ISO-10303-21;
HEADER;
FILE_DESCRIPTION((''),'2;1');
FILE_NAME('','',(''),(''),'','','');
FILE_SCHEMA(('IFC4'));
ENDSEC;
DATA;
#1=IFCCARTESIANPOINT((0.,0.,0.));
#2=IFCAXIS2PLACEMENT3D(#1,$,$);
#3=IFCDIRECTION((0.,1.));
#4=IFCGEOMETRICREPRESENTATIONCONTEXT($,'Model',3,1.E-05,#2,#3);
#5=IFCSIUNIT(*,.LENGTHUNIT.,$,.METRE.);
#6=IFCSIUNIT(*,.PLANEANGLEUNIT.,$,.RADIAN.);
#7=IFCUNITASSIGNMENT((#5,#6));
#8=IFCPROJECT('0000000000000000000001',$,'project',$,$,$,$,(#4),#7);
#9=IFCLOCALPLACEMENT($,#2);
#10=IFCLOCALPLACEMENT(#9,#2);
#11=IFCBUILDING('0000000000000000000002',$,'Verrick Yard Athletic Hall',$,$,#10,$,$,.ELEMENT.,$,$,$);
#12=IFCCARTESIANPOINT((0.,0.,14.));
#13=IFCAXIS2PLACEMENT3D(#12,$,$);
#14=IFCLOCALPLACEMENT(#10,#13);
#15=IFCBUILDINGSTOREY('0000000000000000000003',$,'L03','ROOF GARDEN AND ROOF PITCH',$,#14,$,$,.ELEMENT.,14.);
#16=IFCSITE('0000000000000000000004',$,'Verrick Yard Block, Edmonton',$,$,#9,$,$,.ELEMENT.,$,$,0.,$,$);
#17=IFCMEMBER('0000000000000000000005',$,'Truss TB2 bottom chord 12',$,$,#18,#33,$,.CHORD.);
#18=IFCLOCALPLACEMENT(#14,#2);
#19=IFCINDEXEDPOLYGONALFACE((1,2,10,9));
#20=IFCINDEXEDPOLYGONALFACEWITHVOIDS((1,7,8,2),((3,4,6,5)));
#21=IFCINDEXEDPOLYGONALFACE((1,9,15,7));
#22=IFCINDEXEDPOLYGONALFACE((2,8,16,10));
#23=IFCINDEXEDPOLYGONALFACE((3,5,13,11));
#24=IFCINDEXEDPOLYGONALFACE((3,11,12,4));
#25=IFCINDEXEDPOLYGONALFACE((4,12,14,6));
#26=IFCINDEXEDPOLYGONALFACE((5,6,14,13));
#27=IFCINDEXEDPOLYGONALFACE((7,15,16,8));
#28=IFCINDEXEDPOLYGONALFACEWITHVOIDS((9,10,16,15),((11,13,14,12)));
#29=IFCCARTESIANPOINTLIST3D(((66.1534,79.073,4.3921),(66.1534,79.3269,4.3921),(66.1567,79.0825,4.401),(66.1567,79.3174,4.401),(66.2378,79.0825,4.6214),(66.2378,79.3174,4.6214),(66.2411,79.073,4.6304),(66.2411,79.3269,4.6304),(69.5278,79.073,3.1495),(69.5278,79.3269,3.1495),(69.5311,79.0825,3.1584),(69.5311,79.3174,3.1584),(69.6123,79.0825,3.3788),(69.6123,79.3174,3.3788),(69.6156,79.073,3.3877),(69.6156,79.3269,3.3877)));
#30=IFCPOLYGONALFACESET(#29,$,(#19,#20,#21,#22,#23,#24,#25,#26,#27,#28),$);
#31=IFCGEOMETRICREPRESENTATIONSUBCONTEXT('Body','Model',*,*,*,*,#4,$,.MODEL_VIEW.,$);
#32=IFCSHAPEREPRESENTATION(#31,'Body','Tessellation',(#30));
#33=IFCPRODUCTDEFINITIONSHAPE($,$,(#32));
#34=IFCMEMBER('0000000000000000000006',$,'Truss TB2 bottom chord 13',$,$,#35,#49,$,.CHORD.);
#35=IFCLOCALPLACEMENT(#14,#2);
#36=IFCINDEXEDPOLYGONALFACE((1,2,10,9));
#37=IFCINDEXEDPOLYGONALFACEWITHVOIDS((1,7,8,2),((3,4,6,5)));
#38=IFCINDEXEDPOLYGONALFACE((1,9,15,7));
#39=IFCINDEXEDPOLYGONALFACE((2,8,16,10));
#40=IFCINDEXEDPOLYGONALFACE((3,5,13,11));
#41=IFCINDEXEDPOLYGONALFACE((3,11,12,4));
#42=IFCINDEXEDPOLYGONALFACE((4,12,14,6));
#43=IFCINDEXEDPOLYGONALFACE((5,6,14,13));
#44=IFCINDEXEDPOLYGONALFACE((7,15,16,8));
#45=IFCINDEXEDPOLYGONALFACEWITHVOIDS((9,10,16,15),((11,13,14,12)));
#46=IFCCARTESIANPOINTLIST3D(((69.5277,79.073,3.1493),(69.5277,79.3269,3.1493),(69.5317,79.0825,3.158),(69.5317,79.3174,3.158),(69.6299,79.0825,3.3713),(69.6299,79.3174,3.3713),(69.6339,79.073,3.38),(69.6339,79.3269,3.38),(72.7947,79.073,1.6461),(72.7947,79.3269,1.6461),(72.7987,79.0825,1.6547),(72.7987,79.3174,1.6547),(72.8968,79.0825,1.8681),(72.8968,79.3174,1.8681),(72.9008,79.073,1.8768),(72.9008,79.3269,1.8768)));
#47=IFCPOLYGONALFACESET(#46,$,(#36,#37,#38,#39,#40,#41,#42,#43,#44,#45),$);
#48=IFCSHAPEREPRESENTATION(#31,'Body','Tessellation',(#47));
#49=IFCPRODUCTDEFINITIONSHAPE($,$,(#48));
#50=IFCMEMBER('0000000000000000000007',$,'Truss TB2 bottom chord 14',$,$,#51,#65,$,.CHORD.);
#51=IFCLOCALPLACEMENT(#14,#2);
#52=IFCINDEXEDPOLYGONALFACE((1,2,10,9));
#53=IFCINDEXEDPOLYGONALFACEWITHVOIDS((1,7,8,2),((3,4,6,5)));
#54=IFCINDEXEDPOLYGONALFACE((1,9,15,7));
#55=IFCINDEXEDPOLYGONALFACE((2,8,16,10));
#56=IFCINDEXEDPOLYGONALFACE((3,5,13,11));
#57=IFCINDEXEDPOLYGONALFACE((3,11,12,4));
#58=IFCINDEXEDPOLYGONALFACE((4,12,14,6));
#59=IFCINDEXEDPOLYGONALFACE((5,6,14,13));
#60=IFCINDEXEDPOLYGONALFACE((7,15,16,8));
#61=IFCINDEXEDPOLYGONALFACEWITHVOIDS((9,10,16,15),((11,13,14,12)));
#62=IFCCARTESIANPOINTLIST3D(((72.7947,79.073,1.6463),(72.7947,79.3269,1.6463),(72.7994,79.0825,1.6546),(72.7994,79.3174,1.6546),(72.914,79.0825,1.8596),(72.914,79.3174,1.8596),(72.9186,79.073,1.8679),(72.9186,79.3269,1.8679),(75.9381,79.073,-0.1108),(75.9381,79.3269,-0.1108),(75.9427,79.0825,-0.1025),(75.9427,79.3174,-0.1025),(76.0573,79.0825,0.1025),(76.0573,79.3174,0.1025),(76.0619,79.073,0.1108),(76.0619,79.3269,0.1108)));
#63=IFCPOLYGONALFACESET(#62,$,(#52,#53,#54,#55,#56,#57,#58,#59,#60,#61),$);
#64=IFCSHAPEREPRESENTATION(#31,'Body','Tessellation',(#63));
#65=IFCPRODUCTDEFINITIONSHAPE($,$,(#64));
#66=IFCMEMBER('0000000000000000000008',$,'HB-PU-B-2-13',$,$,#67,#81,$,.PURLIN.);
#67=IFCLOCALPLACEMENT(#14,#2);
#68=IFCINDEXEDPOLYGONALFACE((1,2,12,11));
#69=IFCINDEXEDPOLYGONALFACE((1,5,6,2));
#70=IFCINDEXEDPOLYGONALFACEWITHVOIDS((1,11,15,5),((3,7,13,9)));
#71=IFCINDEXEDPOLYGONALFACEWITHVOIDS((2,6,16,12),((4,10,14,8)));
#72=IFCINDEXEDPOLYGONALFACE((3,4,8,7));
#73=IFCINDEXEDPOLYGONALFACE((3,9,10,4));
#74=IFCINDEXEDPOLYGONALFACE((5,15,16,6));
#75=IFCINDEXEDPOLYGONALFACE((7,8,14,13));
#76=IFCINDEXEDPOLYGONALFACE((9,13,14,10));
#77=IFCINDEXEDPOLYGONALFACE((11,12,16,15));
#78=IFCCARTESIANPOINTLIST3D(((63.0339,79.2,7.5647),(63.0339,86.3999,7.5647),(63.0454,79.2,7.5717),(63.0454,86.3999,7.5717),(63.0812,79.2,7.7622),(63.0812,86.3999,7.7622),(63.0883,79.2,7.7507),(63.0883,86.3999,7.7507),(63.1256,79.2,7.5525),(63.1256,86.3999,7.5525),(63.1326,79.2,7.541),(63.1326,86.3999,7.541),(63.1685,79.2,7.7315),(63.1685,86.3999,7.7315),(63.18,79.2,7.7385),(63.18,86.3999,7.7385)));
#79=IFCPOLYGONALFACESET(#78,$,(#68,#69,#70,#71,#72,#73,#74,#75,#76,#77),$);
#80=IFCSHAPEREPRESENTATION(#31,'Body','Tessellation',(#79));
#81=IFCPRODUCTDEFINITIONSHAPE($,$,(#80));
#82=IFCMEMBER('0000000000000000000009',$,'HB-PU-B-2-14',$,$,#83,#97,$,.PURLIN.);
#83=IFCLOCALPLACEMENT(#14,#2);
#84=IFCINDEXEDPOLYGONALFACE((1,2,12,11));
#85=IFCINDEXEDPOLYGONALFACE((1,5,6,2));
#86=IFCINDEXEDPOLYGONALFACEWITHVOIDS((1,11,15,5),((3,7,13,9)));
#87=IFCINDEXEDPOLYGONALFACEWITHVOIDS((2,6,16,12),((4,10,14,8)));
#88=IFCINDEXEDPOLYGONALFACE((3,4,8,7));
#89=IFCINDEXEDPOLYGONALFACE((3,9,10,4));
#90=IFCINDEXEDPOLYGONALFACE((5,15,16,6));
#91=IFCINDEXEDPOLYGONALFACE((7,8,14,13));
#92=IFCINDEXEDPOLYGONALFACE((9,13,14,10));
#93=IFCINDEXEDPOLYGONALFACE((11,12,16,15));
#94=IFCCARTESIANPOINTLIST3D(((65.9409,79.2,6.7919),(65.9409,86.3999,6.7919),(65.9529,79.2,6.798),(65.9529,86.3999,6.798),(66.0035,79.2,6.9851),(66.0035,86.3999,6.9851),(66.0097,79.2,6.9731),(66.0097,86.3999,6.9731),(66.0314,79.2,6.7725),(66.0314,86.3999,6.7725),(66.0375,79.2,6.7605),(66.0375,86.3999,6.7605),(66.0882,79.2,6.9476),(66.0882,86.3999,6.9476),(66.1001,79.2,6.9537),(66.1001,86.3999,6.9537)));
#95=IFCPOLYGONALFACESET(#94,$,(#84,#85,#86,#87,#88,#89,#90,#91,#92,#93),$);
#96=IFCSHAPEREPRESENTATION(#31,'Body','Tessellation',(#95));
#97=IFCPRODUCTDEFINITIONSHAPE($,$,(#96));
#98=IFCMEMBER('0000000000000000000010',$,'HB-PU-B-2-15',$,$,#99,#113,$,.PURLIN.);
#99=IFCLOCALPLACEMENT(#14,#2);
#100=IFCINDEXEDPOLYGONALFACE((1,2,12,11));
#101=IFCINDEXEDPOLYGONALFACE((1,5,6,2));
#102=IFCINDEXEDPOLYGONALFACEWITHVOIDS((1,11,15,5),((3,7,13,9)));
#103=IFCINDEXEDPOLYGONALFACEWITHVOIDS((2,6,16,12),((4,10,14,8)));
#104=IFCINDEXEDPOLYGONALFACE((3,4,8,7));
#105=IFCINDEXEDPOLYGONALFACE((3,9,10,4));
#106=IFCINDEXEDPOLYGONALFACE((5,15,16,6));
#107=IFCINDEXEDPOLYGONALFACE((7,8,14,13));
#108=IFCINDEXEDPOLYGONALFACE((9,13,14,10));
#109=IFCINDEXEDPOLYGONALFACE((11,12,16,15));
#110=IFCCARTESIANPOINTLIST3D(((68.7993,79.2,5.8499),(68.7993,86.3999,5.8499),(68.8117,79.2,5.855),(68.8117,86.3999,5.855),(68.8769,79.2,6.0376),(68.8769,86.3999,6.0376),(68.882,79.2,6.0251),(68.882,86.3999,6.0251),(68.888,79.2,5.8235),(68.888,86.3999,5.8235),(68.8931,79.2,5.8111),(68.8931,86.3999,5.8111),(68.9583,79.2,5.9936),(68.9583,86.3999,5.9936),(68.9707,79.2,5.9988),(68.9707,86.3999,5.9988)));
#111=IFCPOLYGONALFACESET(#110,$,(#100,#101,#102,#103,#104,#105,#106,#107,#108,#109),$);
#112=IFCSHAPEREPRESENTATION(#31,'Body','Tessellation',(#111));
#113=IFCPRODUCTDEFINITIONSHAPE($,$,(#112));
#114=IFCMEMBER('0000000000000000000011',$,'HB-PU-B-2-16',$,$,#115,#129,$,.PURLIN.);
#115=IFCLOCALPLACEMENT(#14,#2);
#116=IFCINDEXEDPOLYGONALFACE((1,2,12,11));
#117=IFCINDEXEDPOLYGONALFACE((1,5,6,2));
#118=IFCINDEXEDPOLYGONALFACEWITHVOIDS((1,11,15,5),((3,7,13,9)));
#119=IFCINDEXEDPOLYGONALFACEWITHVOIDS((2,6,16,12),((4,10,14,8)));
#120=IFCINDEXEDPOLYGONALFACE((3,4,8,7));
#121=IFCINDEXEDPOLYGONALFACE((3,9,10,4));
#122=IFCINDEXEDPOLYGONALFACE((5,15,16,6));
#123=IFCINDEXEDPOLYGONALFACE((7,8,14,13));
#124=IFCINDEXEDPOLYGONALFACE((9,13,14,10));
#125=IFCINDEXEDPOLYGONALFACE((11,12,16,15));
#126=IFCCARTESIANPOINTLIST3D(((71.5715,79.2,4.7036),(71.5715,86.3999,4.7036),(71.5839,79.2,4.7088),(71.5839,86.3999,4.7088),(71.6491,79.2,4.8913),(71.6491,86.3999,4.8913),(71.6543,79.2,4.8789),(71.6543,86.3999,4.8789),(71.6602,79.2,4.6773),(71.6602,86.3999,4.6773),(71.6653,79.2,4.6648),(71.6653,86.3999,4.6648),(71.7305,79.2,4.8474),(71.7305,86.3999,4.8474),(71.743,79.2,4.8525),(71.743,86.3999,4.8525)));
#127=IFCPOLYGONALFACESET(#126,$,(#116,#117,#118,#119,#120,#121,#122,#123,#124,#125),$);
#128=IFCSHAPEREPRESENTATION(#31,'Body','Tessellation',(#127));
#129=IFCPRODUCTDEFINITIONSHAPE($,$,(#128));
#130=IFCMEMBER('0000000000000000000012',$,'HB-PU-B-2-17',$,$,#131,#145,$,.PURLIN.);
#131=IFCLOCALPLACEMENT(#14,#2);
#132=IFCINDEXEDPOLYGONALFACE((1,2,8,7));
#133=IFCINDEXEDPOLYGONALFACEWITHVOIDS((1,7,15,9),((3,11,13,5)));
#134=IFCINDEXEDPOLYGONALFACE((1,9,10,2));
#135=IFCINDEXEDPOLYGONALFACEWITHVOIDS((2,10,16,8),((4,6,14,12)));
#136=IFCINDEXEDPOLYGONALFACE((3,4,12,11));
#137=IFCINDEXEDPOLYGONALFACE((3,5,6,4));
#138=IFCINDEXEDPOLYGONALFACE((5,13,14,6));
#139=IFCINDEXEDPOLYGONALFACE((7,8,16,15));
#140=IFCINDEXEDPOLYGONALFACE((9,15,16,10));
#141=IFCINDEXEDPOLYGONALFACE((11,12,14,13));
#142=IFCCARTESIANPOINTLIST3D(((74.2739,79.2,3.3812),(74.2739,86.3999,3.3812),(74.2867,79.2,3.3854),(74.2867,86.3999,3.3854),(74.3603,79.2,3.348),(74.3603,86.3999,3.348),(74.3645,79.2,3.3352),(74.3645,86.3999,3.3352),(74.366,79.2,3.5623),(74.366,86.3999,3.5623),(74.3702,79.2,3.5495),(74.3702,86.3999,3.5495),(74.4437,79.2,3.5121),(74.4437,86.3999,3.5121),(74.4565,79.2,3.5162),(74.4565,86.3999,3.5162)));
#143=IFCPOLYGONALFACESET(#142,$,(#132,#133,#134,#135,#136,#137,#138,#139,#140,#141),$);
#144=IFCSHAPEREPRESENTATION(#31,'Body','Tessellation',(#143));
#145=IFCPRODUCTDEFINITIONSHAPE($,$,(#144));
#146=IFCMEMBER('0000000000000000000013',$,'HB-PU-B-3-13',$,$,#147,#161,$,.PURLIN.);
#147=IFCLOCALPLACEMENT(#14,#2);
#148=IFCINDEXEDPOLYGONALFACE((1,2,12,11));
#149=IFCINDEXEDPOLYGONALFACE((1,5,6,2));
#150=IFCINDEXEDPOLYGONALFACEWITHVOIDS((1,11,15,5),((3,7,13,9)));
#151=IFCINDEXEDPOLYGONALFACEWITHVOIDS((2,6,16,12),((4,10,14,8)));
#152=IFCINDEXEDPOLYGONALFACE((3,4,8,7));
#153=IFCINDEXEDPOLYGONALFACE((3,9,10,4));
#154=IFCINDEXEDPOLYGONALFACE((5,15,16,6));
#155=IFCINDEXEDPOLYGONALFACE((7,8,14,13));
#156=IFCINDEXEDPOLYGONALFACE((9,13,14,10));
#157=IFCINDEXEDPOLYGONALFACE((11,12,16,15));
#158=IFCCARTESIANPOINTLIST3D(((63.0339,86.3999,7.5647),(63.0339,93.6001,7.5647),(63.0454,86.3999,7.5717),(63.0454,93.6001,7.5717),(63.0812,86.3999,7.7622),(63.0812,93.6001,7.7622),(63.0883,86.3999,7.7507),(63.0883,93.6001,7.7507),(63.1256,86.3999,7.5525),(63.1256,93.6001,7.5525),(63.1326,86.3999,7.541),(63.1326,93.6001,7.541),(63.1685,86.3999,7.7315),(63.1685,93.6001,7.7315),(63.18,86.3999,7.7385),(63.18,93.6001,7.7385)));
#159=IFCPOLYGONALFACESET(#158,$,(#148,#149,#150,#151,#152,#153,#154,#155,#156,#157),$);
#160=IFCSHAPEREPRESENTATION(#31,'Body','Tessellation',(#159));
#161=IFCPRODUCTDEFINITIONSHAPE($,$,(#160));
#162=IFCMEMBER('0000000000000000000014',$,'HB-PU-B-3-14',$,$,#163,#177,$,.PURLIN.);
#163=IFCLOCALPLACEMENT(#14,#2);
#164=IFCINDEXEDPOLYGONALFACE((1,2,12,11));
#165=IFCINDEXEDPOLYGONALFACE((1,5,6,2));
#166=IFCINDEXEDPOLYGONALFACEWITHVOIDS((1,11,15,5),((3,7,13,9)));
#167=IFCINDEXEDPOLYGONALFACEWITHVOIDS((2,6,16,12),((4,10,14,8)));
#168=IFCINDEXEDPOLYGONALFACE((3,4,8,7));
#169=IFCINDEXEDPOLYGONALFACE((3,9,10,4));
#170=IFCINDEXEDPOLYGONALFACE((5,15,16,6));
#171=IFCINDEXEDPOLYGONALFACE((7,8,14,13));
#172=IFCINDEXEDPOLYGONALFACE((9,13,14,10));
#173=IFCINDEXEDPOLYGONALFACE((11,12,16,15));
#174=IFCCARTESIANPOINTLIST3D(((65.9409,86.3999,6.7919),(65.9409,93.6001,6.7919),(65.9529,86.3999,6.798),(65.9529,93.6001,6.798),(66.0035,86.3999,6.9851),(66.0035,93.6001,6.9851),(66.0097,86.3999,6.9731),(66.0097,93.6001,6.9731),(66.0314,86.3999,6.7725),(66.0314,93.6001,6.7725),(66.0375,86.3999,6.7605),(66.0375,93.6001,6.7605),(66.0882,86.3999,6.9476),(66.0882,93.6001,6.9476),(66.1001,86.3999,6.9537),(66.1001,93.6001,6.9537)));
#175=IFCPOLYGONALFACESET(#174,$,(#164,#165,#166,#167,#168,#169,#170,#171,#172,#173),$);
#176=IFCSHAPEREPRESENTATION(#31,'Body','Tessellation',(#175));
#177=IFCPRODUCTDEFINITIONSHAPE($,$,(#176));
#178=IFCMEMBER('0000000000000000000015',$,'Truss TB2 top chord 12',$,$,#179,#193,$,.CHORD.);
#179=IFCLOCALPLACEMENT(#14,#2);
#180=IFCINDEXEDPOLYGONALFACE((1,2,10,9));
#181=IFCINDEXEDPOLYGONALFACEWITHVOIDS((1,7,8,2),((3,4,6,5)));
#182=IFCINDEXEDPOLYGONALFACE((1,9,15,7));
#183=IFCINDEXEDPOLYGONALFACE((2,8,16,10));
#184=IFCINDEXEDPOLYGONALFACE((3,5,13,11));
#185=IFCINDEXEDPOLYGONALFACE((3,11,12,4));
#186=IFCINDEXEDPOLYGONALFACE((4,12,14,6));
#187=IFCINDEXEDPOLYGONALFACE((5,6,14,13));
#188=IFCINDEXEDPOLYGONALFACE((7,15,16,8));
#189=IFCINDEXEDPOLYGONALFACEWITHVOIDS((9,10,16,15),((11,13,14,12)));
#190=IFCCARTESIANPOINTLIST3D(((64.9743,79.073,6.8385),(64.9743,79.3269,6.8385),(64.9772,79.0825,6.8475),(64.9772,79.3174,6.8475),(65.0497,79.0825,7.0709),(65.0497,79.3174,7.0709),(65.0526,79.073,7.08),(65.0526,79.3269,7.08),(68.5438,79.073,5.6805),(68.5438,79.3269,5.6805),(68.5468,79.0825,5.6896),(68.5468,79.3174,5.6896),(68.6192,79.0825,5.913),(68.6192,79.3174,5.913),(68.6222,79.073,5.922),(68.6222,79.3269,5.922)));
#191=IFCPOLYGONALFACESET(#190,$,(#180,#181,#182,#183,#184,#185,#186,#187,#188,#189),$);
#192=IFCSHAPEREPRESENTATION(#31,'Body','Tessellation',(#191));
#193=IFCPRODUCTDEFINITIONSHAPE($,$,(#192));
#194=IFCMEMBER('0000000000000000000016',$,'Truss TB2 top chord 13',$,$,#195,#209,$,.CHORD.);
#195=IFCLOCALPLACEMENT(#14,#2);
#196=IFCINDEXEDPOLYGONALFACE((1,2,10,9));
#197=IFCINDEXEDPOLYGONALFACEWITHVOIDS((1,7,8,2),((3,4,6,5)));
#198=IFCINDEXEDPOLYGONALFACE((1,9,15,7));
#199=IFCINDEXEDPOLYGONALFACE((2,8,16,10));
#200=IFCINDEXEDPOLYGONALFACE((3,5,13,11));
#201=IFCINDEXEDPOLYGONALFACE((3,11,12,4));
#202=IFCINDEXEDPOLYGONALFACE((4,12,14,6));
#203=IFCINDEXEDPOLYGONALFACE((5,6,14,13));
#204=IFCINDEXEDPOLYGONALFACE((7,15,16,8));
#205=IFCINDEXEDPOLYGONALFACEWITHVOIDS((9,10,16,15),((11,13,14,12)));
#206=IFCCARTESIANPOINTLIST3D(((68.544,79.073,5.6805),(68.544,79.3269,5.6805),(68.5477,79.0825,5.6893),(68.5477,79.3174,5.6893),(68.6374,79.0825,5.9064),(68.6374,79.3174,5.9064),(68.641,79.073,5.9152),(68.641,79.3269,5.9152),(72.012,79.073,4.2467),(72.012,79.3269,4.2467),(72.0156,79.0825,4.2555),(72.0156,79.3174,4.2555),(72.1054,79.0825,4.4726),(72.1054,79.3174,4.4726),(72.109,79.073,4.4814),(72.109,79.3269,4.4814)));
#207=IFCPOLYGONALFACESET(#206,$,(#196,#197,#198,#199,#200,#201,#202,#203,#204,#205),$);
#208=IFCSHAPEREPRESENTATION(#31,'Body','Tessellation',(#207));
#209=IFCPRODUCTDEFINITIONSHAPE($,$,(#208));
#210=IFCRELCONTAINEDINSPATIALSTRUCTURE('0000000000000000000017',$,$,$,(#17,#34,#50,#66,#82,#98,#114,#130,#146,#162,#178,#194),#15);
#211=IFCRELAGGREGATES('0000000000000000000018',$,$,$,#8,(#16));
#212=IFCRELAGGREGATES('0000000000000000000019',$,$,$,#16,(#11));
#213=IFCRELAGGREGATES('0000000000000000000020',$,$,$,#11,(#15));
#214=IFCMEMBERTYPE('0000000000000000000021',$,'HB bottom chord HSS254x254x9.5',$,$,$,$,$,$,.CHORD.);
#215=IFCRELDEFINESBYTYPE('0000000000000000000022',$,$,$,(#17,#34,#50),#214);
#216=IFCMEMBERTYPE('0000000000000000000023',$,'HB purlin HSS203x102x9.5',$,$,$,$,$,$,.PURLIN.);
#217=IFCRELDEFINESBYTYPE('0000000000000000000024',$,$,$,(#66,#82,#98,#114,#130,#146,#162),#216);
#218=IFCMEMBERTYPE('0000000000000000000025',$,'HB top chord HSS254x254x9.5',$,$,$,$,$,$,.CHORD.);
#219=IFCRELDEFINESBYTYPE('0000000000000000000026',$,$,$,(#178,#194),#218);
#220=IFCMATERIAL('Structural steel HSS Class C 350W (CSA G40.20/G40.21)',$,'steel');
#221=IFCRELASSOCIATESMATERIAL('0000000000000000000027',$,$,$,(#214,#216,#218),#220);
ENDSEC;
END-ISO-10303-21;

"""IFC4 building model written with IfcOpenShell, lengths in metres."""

from ifc_helpers import new_model, si_unit, direction, frame, origin, origin_2d, place, context, subcontext, project, spatial, hollow_rectangle, extrude, material, material_profile, profile_set, type_object, element, save


model = new_model("IFC4")

# Units and contexts
model_context = context("Model", 3, precision=1e-05, world=origin(), true_north=direction((0.0, 1.0)))
body_context = subcontext(model_context, "Body", "Model", "MODEL_VIEW")
ifc_project = project(units=[si_unit("LENGTHUNIT", "METRE"), si_unit("PLANEANGLEUNIT", "RADIAN")], contexts=[model_context])

# Site, building, storey
site_placement = place(None, origin())
site = spatial("IfcSite", under=ifc_project, at=site_placement, Name="Verrick Yard Block, Edmonton", CompositionType="ELEMENT", RefElevation=0.0)
building_placement = place(site_placement, origin())
building = spatial("IfcBuilding", under=site, at=building_placement, Name="Verrick Yard Athletic Hall", CompositionType="ELEMENT")
storey_placement = place(building_placement, frame((0.0, 0.0, 14.0)))
storey = spatial("IfcBuildingStorey", under=building, at=storey_placement, Name="L03", Description="ROOF GARDEN AND ROOF PITCH", CompositionType="ELEMENT", Elevation=14.0)

# Members
ifc_material_1 = material(Name="Structural steel HSS Class C 350W (CSA G40.20/G40.21)", Category="steel")
ifc_material_profile_1 = material_profile(ifc_material_1, hollow_rectangle(XDim=0.2539, YDim=0.2539, WallThickness=0.0095, at=origin_2d()), Name="HSS254x254x9.5")
ifc_profile_set_1 = profile_set([ifc_material_profile_1], Name="Structural steel HSS Class C 350W (CSA G40.20/G40.21)")
member_type_1 = type_object("IfcMemberType", Name="HB bottom chord HSS254x254x9.5", PredefinedType="CHORD", material=ifc_profile_set_1)
member_1_placement = place(storey_placement, frame((66.1973, 79.2, 4.5112), z_axis=(0.938394, 0.0, -0.345567), x_axis=(0.0, 1.0, 0.0)))
element("IfcMember", 1, at=member_1_placement, inside=storey, type_object=member_type_1, Name="Truss TB2 bottom chord 12", PredefinedType="CHORD", context=body_context, shape_type="SweptSolid", body=[
    extrude(hollow_rectangle(XDim=0.2539, YDim=0.2539, WallThickness=0.0095, at=origin_2d()), origin(), (0.0, 0.0, 1.0), 3.5959),
])
member_2_placement = place(storey_placement, frame((69.5808, 79.2, 3.2646), z_axis=(0.908446, 0.0, -0.418003), x_axis=(0.0, 1.0, 0.0)))
element("IfcMember", 2, at=member_2_placement, inside=storey, type_object=member_type_1, Name="Truss TB2 bottom chord 13", PredefinedType="CHORD", context=body_context, shape_type="SweptSolid", body=[
    extrude(hollow_rectangle(XDim=0.2539, YDim=0.2539, WallThickness=0.0095, at=origin_2d()), origin(), (0.0, 0.0, 1.0), 3.5962),
])
member_3_placement = place(storey_placement, frame((72.8567, 79.2, 1.7571), z_axis=(0.872881, 0.0, -0.487932), x_axis=(0.0, 1.0, 0.0)))
element("IfcMember", 3, at=member_3_placement, inside=storey, type_object=member_type_1, Name="Truss TB2 bottom chord 14", PredefinedType="CHORD", context=body_context, shape_type="SweptSolid", body=[
    extrude(hollow_rectangle(XDim=0.2539, YDim=0.2539, WallThickness=0.0095, at=origin_2d()), origin(), (0.0, 0.0, 1.0), 3.6011),
])
ifc_material_profile_2 = material_profile(ifc_material_1, hollow_rectangle(XDim=0.1016, YDim=0.2031, WallThickness=0.0095, at=origin_2d()), Name="HSS203x102x9.5")
ifc_profile_set_2 = profile_set([ifc_material_profile_2], Name="Structural steel HSS Class C 350W (CSA G40.20/G40.21)")
member_type_2 = type_object("IfcMemberType", Name="HB purlin HSS203x102x9.5", PredefinedType="PURLIN", material=ifc_profile_set_2)
for number, where, z_axis, x_axis, name in (
    (4, (63.1069, 79.2, 7.6516), (0.0, 1.0, 0.0), (-0.972459, 0.0, 0.233074), "HB-PU-B-2-13"),
    (5, (66.0205, 79.2, 6.8728), (0.0, 1.0, 0.0), (-0.951214, 0.0, 0.308533), "HB-PU-B-2-14"),
    (6, (68.885, 79.2, 5.9243), (0.0, 1.0, 0.0), (-0.924123, 0.0, 0.382096), "HB-PU-B-2-15"),
    (7, (71.6572, 79.2, 4.7781), (0.0, 1.0, 0.0), (-0.924123, 0.0, 0.382096), "HB-PU-B-2-16"),
    (8, (74.3652, 79.2, 3.4487), (0.0, 1.0, 0.0), (-0.891353, 0.0, 0.45331), "HB-PU-B-2-17"),
):
    element("IfcMember", number, at=place(storey_placement, frame(where, z_axis=z_axis, x_axis=x_axis)), inside=storey, type_object=member_type_2, Name=name, PredefinedType="PURLIN", context=body_context, shape_type="SweptSolid", body=[
        extrude(hollow_rectangle(XDim=0.1016, YDim=0.2031, WallThickness=0.0095, at=origin_2d()), origin(), (0.0, 0.0, 1.0), 7.2),
    ])
for number, where, z_axis, x_axis, name in (
    (9, (63.1069, 86.3999, 7.6516), (0.0, 1.0, 0.0), (-0.972459, 0.0, 0.233074), "HB-PU-B-3-13"),
    (10, (66.0205, 86.3999, 6.8728), (0.0, 1.0, 0.0), (-0.951214, 0.0, 0.308533), "HB-PU-B-3-14"),
):
    element("IfcMember", number, at=place(storey_placement, frame(where, z_axis=z_axis, x_axis=x_axis)), inside=storey, type_object=member_type_2, Name=name, PredefinedType="PURLIN", context=body_context, shape_type="SweptSolid", body=[
        extrude(hollow_rectangle(XDim=0.1016, YDim=0.2031, WallThickness=0.0095, at=origin_2d()), origin(), (0.0, 0.0, 1.0), 7.2002),
    ])
ifc_material_profile_3 = material_profile(ifc_material_1, hollow_rectangle(XDim=0.2539, YDim=0.2539, WallThickness=0.0095, at=origin_2d()), Name="HSS254x254x9.5")
ifc_profile_set_3 = profile_set([ifc_material_profile_3], Name="Structural steel HSS Class C 350W (CSA G40.20/G40.21)")
member_type_3 = type_object("IfcMemberType", Name="HB top chord HSS254x254x9.5", PredefinedType="CHORD", material=ifc_profile_set_3)
for number, where, z_axis, x_axis, name in (
    (11, (65.0134, 79.2, 6.9592), (0.951203, 0.0, -0.308567), (0.0, 1.0, 0.0), "Truss TB2 top chord 12"),
    (12, (68.5925, 79.2, 5.7979), (0.92413, 0.0, -0.382078), (0.0, 1.0, 0.0), "Truss TB2 top chord 13"),
):
    element("IfcMember", number, at=place(storey_placement, frame(where, z_axis=z_axis, x_axis=x_axis)), inside=storey, type_object=member_type_3, Name=name, PredefinedType="CHORD", context=body_context, shape_type="SweptSolid", body=[
        extrude(hollow_rectangle(XDim=0.2539, YDim=0.2539, WallThickness=0.0095, at=origin_2d()), origin(), (0.0, 0.0, 1.0), 3.7527),
    ])

save(model, "model.ifc")
